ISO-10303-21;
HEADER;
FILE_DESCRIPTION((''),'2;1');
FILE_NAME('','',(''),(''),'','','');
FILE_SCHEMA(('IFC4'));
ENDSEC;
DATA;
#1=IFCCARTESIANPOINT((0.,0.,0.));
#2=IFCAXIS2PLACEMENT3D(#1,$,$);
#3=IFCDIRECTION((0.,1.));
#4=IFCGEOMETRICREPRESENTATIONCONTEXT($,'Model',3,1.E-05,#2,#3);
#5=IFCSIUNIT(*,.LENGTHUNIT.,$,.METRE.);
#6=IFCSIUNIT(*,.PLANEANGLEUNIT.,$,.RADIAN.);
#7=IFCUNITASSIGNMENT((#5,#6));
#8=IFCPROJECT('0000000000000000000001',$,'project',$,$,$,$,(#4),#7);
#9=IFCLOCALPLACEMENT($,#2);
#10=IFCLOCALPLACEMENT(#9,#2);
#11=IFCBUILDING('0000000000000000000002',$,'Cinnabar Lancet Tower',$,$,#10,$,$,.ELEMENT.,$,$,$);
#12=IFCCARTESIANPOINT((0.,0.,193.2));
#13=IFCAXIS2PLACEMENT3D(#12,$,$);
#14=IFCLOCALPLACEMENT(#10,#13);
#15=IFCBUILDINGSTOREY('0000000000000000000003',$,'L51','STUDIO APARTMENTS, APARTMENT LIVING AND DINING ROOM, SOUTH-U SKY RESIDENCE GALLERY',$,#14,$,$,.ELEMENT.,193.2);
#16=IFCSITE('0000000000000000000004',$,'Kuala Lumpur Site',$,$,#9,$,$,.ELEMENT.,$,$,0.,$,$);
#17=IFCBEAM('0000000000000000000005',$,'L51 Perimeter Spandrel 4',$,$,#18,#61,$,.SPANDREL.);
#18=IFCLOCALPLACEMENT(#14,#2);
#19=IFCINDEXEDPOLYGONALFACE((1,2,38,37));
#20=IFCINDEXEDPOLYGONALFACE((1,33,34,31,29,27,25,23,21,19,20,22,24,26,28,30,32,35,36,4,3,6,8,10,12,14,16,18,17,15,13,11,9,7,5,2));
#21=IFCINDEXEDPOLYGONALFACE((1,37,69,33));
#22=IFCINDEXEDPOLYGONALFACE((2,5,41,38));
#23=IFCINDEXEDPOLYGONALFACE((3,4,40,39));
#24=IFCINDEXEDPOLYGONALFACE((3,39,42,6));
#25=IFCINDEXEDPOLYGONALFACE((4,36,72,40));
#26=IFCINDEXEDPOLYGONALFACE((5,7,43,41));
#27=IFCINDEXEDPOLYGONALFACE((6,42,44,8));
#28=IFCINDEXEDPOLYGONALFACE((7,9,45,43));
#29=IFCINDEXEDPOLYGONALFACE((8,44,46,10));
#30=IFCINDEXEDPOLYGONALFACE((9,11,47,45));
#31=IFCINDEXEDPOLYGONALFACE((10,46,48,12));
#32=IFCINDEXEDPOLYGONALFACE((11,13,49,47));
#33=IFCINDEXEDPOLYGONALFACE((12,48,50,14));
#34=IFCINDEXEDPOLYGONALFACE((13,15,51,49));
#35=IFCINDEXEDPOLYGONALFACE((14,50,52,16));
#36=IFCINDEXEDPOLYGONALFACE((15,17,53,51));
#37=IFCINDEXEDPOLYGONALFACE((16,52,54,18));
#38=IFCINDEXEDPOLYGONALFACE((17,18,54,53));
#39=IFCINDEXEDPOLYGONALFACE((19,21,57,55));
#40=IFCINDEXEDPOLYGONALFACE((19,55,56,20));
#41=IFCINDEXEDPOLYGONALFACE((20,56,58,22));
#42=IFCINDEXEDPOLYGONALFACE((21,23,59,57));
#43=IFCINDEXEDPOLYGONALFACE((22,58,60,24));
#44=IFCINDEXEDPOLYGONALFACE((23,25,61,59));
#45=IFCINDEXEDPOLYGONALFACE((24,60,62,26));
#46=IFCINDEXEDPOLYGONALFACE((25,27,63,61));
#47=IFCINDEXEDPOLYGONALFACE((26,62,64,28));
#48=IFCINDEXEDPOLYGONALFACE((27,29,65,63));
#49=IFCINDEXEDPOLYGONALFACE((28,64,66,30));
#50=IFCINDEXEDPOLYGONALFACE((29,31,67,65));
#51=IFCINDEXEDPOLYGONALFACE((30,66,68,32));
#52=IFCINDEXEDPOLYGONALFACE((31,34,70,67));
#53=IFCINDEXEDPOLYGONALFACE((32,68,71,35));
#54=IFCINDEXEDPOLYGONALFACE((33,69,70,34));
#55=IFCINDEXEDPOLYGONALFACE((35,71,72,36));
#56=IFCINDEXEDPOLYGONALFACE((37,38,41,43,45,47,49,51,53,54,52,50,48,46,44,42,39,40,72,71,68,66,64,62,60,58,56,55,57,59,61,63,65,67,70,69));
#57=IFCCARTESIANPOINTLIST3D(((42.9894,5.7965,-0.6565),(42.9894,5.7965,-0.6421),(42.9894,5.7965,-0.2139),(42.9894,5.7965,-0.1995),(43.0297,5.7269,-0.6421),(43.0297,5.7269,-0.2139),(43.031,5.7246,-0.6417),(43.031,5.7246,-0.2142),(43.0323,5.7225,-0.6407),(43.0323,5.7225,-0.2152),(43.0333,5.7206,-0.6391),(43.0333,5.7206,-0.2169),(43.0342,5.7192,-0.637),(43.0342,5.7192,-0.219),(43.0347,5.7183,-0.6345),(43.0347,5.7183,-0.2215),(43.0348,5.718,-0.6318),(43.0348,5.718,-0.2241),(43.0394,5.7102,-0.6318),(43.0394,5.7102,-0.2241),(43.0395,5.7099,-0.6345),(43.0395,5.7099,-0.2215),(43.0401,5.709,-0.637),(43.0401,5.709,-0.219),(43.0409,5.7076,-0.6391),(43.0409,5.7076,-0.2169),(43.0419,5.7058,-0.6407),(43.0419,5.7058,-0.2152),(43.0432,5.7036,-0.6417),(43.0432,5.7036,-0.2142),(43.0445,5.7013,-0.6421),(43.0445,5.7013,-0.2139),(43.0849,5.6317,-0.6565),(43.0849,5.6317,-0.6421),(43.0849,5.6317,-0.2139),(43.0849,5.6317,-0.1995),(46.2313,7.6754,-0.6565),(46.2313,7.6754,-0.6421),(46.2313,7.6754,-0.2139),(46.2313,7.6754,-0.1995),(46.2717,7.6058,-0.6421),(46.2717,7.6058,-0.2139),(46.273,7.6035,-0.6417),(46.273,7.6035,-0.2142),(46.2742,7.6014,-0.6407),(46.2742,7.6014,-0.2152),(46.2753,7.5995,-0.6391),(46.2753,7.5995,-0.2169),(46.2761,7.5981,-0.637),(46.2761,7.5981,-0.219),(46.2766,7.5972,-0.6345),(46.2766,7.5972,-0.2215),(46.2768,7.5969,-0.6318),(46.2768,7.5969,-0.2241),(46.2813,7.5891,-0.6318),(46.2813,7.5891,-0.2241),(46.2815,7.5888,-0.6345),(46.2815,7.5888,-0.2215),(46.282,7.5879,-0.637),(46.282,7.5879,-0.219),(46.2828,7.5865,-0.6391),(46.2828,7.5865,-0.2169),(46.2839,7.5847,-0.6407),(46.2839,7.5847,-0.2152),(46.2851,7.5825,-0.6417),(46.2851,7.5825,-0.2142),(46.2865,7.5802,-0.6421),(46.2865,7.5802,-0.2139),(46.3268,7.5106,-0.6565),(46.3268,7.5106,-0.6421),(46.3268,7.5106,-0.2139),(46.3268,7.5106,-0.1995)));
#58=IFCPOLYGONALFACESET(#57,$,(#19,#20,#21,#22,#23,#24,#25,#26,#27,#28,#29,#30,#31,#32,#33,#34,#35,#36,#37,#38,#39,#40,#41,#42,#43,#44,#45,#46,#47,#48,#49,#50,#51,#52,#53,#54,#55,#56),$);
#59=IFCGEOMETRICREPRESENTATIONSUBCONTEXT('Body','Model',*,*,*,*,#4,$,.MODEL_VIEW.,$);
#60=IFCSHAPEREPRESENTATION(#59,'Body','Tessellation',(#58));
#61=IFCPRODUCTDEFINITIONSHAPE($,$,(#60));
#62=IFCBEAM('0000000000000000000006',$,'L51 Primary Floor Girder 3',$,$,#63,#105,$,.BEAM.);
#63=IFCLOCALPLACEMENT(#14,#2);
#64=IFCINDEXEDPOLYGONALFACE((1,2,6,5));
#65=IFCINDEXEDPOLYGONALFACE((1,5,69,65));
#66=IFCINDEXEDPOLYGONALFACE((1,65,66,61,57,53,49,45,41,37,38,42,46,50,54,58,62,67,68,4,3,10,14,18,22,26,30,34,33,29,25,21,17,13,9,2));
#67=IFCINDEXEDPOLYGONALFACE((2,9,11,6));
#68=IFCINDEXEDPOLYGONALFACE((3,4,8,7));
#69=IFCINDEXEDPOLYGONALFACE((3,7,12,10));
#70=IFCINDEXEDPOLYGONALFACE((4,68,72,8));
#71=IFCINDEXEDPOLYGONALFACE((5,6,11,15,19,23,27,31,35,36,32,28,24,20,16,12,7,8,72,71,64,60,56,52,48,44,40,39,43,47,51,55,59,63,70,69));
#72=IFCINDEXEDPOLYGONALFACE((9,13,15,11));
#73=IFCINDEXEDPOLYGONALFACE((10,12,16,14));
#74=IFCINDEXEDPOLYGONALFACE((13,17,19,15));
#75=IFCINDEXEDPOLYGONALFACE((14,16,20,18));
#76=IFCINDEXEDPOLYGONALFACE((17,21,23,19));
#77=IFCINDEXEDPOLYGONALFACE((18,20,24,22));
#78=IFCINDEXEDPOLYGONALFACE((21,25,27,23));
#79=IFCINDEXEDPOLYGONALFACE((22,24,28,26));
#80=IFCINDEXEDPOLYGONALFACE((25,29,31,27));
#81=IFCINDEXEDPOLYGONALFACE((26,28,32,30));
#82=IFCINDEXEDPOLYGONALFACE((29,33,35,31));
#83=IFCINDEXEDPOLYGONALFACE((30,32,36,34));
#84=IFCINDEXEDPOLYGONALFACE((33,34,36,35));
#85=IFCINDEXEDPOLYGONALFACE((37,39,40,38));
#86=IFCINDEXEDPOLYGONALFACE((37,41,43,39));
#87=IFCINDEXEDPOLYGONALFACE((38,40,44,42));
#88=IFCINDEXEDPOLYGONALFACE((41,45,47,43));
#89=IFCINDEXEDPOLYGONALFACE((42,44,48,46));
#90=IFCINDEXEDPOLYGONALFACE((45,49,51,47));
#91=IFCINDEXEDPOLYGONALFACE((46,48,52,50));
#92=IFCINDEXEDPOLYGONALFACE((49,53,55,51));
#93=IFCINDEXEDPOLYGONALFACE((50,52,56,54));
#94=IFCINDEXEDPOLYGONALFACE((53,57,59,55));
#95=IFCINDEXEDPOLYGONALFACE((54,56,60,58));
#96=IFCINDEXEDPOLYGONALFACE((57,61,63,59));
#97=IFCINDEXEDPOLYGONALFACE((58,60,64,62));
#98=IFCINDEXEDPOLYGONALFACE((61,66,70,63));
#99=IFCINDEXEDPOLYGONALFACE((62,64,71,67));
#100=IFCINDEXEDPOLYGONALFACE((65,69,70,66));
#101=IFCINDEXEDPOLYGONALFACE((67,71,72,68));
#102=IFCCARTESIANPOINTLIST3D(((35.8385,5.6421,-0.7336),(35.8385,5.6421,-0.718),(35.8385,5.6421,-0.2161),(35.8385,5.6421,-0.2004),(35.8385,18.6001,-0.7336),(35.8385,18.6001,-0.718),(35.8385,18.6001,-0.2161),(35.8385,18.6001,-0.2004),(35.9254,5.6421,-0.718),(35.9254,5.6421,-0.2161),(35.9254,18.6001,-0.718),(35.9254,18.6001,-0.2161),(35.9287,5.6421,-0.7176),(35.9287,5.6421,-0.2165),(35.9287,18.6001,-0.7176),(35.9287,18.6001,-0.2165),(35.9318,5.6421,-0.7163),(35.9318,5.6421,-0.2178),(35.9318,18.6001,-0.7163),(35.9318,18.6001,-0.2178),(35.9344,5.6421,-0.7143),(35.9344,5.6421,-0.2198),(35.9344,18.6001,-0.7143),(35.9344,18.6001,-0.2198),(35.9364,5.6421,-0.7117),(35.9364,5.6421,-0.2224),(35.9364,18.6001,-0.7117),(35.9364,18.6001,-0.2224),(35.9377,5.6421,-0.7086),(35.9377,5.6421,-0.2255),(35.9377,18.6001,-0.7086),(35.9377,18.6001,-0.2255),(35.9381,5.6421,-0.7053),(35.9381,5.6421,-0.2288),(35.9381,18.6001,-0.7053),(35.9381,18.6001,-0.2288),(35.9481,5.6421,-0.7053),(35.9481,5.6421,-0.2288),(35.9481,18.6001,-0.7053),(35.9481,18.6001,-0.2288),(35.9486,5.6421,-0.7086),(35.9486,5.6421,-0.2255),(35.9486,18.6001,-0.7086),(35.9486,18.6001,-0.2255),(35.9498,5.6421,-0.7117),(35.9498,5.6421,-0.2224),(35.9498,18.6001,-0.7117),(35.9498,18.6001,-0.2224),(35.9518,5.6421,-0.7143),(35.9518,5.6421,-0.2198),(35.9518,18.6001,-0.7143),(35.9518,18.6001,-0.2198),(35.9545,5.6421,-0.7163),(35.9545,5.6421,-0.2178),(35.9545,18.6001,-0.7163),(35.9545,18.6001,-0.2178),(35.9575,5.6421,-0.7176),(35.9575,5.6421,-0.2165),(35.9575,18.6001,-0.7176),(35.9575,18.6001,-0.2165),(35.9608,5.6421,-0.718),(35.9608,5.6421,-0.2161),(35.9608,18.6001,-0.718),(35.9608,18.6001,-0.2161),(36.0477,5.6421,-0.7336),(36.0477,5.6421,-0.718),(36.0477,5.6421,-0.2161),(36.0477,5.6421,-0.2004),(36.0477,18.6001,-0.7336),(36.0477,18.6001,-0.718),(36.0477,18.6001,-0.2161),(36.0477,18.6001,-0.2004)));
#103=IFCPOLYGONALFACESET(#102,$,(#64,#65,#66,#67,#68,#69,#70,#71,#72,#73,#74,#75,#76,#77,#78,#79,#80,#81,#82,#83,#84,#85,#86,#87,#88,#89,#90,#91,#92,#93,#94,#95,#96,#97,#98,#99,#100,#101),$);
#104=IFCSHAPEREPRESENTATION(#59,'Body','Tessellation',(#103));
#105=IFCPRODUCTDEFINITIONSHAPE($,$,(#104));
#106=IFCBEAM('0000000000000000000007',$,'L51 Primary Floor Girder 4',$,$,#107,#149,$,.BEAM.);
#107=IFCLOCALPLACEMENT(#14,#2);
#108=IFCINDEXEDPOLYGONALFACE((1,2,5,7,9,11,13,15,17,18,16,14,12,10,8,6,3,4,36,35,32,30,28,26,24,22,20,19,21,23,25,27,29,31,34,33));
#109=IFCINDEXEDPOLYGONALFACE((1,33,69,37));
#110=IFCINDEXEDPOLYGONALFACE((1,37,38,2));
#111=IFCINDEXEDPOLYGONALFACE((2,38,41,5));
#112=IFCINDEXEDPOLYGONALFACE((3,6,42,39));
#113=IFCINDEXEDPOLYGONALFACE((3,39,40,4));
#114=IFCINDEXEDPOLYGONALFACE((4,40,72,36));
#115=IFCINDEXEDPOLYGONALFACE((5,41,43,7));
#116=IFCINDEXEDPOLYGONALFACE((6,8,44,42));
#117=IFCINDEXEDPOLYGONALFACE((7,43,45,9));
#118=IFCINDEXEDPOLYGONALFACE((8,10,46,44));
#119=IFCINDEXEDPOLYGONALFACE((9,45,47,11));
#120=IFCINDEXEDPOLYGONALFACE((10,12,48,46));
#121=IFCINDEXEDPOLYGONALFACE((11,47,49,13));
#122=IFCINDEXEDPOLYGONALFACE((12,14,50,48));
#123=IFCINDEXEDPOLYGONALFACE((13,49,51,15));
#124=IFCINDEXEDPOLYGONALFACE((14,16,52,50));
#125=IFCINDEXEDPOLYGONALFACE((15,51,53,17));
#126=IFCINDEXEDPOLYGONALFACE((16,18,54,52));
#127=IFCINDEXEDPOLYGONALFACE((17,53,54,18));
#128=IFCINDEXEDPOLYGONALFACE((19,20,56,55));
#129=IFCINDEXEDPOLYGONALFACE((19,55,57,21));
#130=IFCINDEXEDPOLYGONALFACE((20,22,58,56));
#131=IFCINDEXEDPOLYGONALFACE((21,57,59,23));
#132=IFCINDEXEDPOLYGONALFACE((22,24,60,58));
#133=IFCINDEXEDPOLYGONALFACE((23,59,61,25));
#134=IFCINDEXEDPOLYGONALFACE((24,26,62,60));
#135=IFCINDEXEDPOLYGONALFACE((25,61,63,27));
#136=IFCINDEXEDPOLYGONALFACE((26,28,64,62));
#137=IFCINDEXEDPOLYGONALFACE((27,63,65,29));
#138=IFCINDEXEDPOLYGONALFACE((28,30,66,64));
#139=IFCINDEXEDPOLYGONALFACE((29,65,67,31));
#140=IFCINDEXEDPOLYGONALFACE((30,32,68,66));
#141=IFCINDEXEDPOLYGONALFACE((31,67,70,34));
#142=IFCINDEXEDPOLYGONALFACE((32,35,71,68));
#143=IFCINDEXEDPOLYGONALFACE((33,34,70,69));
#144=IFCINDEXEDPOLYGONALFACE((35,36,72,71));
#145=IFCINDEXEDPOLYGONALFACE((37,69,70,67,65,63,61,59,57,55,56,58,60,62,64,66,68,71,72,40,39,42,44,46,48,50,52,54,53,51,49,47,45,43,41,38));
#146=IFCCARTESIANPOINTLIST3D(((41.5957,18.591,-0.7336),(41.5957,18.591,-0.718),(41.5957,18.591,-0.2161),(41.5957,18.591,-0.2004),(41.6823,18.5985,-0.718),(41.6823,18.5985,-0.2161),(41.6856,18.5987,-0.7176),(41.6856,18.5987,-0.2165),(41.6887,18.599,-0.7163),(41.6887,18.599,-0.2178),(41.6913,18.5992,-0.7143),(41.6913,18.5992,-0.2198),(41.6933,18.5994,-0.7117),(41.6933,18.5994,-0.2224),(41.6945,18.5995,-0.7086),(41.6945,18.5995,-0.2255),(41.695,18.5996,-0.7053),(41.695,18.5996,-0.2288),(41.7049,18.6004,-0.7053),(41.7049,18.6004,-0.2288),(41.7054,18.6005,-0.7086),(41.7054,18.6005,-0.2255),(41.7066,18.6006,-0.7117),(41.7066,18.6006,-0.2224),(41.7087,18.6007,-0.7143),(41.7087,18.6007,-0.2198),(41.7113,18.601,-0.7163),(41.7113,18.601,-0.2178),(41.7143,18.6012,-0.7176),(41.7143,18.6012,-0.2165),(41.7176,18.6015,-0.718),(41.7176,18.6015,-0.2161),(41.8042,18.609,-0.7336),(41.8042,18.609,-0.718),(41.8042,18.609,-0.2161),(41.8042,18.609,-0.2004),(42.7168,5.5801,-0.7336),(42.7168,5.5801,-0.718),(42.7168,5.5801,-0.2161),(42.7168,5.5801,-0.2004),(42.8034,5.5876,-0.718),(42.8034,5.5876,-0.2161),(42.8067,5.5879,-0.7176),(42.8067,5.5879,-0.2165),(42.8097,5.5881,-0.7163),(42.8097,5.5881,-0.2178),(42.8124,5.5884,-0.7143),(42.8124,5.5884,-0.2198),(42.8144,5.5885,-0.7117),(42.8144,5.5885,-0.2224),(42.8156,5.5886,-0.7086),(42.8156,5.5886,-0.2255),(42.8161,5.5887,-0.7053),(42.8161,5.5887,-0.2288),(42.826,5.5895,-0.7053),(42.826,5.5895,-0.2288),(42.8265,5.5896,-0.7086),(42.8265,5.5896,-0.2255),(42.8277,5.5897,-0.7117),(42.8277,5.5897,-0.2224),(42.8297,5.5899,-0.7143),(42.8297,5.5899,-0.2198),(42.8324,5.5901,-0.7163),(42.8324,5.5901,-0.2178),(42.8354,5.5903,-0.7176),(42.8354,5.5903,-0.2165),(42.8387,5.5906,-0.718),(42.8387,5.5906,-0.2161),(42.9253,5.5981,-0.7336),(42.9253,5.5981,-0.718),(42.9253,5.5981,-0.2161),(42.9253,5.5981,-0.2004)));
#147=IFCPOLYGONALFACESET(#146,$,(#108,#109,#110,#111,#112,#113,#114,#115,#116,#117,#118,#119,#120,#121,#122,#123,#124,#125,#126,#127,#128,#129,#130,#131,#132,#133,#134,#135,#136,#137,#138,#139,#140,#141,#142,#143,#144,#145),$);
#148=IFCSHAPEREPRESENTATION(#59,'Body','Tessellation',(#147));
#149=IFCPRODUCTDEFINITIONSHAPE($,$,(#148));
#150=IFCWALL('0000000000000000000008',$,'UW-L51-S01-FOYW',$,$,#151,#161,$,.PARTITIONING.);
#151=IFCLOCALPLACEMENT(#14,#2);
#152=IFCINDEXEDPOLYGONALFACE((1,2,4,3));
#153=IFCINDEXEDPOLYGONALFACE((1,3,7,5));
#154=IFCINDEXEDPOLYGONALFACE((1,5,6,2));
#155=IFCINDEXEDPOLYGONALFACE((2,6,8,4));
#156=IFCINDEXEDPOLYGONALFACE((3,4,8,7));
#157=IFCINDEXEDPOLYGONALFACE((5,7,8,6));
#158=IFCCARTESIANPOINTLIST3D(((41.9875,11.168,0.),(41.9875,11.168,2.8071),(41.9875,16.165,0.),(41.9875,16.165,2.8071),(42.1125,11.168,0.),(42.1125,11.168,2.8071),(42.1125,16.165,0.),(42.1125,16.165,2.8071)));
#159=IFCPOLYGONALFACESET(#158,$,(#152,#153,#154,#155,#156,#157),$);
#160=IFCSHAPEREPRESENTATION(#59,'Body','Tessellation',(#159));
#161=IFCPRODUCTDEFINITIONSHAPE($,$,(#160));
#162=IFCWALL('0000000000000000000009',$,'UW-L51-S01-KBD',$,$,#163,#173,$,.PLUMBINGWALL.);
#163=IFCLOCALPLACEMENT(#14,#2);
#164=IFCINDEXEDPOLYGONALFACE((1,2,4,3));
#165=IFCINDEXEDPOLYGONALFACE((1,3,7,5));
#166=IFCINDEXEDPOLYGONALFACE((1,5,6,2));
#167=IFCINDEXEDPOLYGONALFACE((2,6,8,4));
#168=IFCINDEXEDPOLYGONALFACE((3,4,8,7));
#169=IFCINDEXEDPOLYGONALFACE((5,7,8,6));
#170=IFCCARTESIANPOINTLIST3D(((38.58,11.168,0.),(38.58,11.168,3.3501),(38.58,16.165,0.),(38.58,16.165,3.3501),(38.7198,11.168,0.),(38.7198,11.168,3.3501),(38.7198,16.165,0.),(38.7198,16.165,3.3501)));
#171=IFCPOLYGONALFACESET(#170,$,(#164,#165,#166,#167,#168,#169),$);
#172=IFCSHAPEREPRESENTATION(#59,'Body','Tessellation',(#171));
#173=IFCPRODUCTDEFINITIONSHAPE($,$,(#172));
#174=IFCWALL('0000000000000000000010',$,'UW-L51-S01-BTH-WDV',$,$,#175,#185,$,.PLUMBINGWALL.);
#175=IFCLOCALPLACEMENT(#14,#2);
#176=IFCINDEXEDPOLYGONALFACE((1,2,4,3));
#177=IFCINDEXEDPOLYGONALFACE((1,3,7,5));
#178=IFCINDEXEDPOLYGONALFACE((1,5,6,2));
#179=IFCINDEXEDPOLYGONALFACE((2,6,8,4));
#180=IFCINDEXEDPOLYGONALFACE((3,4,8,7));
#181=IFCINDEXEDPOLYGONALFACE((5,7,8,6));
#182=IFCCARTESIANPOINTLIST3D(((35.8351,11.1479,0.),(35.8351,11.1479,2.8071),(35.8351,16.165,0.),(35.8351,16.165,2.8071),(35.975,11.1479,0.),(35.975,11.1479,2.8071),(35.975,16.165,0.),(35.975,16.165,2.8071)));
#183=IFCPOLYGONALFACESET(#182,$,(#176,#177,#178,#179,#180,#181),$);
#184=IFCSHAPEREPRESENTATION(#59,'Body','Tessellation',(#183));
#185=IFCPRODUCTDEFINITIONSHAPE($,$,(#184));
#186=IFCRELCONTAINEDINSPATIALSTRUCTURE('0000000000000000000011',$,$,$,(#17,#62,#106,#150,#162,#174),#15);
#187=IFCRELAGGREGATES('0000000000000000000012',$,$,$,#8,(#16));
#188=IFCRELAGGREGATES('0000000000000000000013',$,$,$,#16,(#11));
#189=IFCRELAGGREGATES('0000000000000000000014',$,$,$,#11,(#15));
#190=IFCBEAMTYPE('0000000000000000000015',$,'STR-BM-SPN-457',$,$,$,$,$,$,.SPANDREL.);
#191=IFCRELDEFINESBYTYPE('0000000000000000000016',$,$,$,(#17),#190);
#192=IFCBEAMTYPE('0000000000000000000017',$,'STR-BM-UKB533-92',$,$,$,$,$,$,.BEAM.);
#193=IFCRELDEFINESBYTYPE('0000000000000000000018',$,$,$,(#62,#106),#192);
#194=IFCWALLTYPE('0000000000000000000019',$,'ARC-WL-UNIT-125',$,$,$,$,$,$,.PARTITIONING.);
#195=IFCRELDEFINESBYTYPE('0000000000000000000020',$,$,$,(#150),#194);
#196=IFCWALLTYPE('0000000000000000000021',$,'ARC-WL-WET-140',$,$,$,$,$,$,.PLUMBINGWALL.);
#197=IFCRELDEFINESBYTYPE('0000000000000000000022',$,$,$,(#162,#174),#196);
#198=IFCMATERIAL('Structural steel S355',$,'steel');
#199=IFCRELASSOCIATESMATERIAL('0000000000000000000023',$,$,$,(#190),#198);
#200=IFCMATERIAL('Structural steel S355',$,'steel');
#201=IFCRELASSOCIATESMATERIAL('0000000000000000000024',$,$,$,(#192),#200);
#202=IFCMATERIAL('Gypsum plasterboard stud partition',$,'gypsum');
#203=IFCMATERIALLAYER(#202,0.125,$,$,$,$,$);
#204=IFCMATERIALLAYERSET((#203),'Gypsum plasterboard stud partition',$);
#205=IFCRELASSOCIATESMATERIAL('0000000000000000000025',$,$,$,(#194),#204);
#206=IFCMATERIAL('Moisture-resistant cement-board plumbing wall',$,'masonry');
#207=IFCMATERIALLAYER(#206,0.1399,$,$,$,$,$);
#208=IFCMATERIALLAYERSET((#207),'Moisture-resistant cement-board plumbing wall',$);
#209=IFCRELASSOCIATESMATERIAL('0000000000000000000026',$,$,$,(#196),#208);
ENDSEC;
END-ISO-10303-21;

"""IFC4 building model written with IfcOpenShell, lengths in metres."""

from ifc_helpers import new_model, si_unit, direction, frame, frame_2d, origin, origin_2d, place, context, subcontext, project, spatial, rectangle, i_section, extrude, material, layer, layer_set, material_profile, profile_set, type_object, element, save


model = new_model("IFC4")

# Units and contexts
model_context = context("Model", 3, precision=1e-05, world=origin(), true_north=direction((0.0, 1.0)))
body_context = subcontext(model_context, "Body", "Model", "MODEL_VIEW")
ifc_project = project(units=[si_unit("LENGTHUNIT", "METRE"), si_unit("PLANEANGLEUNIT", "RADIAN")], contexts=[model_context])

# Site, building, storey
site_placement = place(None, origin())
site = spatial("IfcSite", under=ifc_project, at=site_placement, Name="Kuala Lumpur Site", CompositionType="ELEMENT", RefElevation=0.0)
building_placement = place(site_placement, origin())
building = spatial("IfcBuilding", under=site, at=building_placement, Name="Cinnabar Lancet Tower", CompositionType="ELEMENT")
storey_placement = place(building_placement, frame((0.0, 0.0, 193.2)))
storey = spatial("IfcBuildingStorey", under=building, at=storey_placement, Name="L51", Description="STUDIO APARTMENTS, APARTMENT LIVING AND DINING ROOM, SOUTH-U SKY RESIDENCE GALLERY", CompositionType="ELEMENT", Elevation=193.2)

# Beams
ifc_material_1 = material(Name="Structural steel S355", Category="steel")
ifc_material_profile_1 = material_profile(ifc_material_1, i_section(OverallWidth=0.1904, OverallDepth=0.457, WebThickness=0.009, FlangeThickness=0.0144, FilletRadius=0.0103, at=origin_2d()), Name="UKB 457x191x74")
ifc_profile_set_1 = profile_set([ifc_material_profile_1], Name="Structural steel S355")
beam_type_1 = type_object("IfcBeamType", Name="STR-BM-SPN-457", PredefinedType="SPANDREL", material=ifc_profile_set_1)
beam_1_placement = place(storey_placement, frame((43.0371, 5.7141, -0.428), z_axis=(0.865196, 0.501434, 0.0), x_axis=(-0.501434, 0.865196, 0.0)))
element("IfcBeam", 1, at=beam_1_placement, inside=storey, type_object=beam_type_1, Name="L51 Perimeter Spandrel 4", PredefinedType="SPANDREL", context=body_context, shape_type="SweptSolid", body=[
    extrude(i_section(OverallWidth=0.1904, OverallDepth=0.457, WebThickness=0.009, FlangeThickness=0.0144, FilletRadius=0.0103, at=origin_2d()), origin(), (0.0, 0.0, 1.0), 3.7471),
])
ifc_material_2 = material(Name="Structural steel S355", Category="steel")
ifc_material_profile_2 = material_profile(ifc_material_2, i_section(OverallWidth=0.2092, OverallDepth=0.5332, WebThickness=0.01, FlangeThickness=0.0156, FilletRadius=0.0127, at=origin_2d()), Name="UKB 533x210x92")
ifc_profile_set_2 = profile_set([ifc_material_profile_2], Name="Structural steel S355")
beam_type_2 = type_object("IfcBeamType", Name="STR-BM-UKB533-92", PredefinedType="BEAM", material=ifc_profile_set_2)
beam_2_placement = place(storey_placement, frame((35.9431, 5.6421, -0.467), z_axis=(0.0, 1.0, 0.0), x_axis=(-1.0, 0.0, 0.0)))
element("IfcBeam", 2, at=beam_2_placement, inside=storey, type_object=beam_type_2, Name="L51 Primary Floor Girder 3", PredefinedType="BEAM", context=body_context, shape_type="SweptSolid", body=[
    extrude(i_section(OverallWidth=0.2092, OverallDepth=0.5332, WebThickness=0.01, FlangeThickness=0.0156, FilletRadius=0.0127, at=origin_2d()), origin(), (0.0, 0.0, 1.0), 12.958),
])
beam_3_placement = place(storey_placement, frame((42.821, 5.5891, -0.467), z_axis=(-0.085847, 0.996308, 0.0), x_axis=(-0.996308, -0.085847, 0.0)))
element("IfcBeam", 3, at=beam_3_placement, inside=storey, type_object=beam_type_2, Name="L51 Primary Floor Girder 4", PredefinedType="BEAM", context=body_context, shape_type="SweptSolid", body=[
    extrude(i_section(OverallWidth=0.2092, OverallDepth=0.5332, WebThickness=0.01, FlangeThickness=0.0156, FilletRadius=0.0127, at=origin_2d()), origin(), (0.0, 0.0, 1.0), 13.0591),
])

# Walls
ifc_material_3 = material(Name="Gypsum plasterboard stud partition", Category="gypsum")
ifc_layer_1 = layer(ifc_material_3, 0.125)
ifc_layer_set_1 = layer_set([ifc_layer_1], Name="Gypsum plasterboard stud partition")
wall_type_1 = type_object("IfcWallType", Name="ARC-WL-UNIT-125", PredefinedType="PARTITIONING", material=ifc_layer_set_1)
wall_1_placement = place(storey_placement, frame((42.05, 11.168, 0.0), z_axis=(0.0, 0.0, 1.0), x_axis=(0.0, 1.0, 0.0)))
element("IfcWall", 4, at=wall_1_placement, inside=storey, type_object=wall_type_1, Name="UW-L51-S01-FOYW", PredefinedType="PARTITIONING", context=body_context, shape_type="SweptSolid", body=[
    extrude(rectangle(XDim=4.9971, YDim=0.125, at=frame_2d((2.4985, 0.0))), origin(), (0.0, 0.0, 1.0), 2.8071),
])
ifc_material_4 = material(Name="Moisture-resistant cement-board plumbing wall", Category="masonry")
ifc_layer_2 = layer(ifc_material_4, 0.1399)
ifc_layer_set_2 = layer_set([ifc_layer_2], Name="Moisture-resistant cement-board plumbing wall")
wall_type_2 = type_object("IfcWallType", Name="ARC-WL-WET-140", PredefinedType="PLUMBINGWALL", material=ifc_layer_set_2)
wall_2_placement = place(storey_placement, frame((38.6499, 11.168, 0.0), z_axis=(0.0, 0.0, 1.0), x_axis=(0.0, 1.0, 0.0)))
element("IfcWall", 5, at=wall_2_placement, inside=storey, type_object=wall_type_2, Name="UW-L51-S01-KBD", PredefinedType="PLUMBINGWALL", context=body_context, shape_type="SweptSolid", body=[
    extrude(rectangle(XDim=4.9971, YDim=0.1399, at=frame_2d((2.4985, 0.0))), origin(), (0.0, 0.0, 1.0), 3.3501),
])
wall_3_placement = place(storey_placement, frame((35.905, 11.1479, 0.0), z_axis=(0.0, 0.0, 1.0), x_axis=(0.0, 1.0, 0.0)))
element("IfcWall", 6, at=wall_3_placement, inside=storey, type_object=wall_type_2, Name="UW-L51-S01-BTH-WDV", PredefinedType="PLUMBINGWALL", context=body_context, shape_type="SweptSolid", body=[
    extrude(rectangle(XDim=5.0171, YDim=0.1399, at=frame_2d((2.5085, 0.0))), origin(), (0.0, 0.0, 1.0), 2.8071),
])

save(model, "model.ifc")
